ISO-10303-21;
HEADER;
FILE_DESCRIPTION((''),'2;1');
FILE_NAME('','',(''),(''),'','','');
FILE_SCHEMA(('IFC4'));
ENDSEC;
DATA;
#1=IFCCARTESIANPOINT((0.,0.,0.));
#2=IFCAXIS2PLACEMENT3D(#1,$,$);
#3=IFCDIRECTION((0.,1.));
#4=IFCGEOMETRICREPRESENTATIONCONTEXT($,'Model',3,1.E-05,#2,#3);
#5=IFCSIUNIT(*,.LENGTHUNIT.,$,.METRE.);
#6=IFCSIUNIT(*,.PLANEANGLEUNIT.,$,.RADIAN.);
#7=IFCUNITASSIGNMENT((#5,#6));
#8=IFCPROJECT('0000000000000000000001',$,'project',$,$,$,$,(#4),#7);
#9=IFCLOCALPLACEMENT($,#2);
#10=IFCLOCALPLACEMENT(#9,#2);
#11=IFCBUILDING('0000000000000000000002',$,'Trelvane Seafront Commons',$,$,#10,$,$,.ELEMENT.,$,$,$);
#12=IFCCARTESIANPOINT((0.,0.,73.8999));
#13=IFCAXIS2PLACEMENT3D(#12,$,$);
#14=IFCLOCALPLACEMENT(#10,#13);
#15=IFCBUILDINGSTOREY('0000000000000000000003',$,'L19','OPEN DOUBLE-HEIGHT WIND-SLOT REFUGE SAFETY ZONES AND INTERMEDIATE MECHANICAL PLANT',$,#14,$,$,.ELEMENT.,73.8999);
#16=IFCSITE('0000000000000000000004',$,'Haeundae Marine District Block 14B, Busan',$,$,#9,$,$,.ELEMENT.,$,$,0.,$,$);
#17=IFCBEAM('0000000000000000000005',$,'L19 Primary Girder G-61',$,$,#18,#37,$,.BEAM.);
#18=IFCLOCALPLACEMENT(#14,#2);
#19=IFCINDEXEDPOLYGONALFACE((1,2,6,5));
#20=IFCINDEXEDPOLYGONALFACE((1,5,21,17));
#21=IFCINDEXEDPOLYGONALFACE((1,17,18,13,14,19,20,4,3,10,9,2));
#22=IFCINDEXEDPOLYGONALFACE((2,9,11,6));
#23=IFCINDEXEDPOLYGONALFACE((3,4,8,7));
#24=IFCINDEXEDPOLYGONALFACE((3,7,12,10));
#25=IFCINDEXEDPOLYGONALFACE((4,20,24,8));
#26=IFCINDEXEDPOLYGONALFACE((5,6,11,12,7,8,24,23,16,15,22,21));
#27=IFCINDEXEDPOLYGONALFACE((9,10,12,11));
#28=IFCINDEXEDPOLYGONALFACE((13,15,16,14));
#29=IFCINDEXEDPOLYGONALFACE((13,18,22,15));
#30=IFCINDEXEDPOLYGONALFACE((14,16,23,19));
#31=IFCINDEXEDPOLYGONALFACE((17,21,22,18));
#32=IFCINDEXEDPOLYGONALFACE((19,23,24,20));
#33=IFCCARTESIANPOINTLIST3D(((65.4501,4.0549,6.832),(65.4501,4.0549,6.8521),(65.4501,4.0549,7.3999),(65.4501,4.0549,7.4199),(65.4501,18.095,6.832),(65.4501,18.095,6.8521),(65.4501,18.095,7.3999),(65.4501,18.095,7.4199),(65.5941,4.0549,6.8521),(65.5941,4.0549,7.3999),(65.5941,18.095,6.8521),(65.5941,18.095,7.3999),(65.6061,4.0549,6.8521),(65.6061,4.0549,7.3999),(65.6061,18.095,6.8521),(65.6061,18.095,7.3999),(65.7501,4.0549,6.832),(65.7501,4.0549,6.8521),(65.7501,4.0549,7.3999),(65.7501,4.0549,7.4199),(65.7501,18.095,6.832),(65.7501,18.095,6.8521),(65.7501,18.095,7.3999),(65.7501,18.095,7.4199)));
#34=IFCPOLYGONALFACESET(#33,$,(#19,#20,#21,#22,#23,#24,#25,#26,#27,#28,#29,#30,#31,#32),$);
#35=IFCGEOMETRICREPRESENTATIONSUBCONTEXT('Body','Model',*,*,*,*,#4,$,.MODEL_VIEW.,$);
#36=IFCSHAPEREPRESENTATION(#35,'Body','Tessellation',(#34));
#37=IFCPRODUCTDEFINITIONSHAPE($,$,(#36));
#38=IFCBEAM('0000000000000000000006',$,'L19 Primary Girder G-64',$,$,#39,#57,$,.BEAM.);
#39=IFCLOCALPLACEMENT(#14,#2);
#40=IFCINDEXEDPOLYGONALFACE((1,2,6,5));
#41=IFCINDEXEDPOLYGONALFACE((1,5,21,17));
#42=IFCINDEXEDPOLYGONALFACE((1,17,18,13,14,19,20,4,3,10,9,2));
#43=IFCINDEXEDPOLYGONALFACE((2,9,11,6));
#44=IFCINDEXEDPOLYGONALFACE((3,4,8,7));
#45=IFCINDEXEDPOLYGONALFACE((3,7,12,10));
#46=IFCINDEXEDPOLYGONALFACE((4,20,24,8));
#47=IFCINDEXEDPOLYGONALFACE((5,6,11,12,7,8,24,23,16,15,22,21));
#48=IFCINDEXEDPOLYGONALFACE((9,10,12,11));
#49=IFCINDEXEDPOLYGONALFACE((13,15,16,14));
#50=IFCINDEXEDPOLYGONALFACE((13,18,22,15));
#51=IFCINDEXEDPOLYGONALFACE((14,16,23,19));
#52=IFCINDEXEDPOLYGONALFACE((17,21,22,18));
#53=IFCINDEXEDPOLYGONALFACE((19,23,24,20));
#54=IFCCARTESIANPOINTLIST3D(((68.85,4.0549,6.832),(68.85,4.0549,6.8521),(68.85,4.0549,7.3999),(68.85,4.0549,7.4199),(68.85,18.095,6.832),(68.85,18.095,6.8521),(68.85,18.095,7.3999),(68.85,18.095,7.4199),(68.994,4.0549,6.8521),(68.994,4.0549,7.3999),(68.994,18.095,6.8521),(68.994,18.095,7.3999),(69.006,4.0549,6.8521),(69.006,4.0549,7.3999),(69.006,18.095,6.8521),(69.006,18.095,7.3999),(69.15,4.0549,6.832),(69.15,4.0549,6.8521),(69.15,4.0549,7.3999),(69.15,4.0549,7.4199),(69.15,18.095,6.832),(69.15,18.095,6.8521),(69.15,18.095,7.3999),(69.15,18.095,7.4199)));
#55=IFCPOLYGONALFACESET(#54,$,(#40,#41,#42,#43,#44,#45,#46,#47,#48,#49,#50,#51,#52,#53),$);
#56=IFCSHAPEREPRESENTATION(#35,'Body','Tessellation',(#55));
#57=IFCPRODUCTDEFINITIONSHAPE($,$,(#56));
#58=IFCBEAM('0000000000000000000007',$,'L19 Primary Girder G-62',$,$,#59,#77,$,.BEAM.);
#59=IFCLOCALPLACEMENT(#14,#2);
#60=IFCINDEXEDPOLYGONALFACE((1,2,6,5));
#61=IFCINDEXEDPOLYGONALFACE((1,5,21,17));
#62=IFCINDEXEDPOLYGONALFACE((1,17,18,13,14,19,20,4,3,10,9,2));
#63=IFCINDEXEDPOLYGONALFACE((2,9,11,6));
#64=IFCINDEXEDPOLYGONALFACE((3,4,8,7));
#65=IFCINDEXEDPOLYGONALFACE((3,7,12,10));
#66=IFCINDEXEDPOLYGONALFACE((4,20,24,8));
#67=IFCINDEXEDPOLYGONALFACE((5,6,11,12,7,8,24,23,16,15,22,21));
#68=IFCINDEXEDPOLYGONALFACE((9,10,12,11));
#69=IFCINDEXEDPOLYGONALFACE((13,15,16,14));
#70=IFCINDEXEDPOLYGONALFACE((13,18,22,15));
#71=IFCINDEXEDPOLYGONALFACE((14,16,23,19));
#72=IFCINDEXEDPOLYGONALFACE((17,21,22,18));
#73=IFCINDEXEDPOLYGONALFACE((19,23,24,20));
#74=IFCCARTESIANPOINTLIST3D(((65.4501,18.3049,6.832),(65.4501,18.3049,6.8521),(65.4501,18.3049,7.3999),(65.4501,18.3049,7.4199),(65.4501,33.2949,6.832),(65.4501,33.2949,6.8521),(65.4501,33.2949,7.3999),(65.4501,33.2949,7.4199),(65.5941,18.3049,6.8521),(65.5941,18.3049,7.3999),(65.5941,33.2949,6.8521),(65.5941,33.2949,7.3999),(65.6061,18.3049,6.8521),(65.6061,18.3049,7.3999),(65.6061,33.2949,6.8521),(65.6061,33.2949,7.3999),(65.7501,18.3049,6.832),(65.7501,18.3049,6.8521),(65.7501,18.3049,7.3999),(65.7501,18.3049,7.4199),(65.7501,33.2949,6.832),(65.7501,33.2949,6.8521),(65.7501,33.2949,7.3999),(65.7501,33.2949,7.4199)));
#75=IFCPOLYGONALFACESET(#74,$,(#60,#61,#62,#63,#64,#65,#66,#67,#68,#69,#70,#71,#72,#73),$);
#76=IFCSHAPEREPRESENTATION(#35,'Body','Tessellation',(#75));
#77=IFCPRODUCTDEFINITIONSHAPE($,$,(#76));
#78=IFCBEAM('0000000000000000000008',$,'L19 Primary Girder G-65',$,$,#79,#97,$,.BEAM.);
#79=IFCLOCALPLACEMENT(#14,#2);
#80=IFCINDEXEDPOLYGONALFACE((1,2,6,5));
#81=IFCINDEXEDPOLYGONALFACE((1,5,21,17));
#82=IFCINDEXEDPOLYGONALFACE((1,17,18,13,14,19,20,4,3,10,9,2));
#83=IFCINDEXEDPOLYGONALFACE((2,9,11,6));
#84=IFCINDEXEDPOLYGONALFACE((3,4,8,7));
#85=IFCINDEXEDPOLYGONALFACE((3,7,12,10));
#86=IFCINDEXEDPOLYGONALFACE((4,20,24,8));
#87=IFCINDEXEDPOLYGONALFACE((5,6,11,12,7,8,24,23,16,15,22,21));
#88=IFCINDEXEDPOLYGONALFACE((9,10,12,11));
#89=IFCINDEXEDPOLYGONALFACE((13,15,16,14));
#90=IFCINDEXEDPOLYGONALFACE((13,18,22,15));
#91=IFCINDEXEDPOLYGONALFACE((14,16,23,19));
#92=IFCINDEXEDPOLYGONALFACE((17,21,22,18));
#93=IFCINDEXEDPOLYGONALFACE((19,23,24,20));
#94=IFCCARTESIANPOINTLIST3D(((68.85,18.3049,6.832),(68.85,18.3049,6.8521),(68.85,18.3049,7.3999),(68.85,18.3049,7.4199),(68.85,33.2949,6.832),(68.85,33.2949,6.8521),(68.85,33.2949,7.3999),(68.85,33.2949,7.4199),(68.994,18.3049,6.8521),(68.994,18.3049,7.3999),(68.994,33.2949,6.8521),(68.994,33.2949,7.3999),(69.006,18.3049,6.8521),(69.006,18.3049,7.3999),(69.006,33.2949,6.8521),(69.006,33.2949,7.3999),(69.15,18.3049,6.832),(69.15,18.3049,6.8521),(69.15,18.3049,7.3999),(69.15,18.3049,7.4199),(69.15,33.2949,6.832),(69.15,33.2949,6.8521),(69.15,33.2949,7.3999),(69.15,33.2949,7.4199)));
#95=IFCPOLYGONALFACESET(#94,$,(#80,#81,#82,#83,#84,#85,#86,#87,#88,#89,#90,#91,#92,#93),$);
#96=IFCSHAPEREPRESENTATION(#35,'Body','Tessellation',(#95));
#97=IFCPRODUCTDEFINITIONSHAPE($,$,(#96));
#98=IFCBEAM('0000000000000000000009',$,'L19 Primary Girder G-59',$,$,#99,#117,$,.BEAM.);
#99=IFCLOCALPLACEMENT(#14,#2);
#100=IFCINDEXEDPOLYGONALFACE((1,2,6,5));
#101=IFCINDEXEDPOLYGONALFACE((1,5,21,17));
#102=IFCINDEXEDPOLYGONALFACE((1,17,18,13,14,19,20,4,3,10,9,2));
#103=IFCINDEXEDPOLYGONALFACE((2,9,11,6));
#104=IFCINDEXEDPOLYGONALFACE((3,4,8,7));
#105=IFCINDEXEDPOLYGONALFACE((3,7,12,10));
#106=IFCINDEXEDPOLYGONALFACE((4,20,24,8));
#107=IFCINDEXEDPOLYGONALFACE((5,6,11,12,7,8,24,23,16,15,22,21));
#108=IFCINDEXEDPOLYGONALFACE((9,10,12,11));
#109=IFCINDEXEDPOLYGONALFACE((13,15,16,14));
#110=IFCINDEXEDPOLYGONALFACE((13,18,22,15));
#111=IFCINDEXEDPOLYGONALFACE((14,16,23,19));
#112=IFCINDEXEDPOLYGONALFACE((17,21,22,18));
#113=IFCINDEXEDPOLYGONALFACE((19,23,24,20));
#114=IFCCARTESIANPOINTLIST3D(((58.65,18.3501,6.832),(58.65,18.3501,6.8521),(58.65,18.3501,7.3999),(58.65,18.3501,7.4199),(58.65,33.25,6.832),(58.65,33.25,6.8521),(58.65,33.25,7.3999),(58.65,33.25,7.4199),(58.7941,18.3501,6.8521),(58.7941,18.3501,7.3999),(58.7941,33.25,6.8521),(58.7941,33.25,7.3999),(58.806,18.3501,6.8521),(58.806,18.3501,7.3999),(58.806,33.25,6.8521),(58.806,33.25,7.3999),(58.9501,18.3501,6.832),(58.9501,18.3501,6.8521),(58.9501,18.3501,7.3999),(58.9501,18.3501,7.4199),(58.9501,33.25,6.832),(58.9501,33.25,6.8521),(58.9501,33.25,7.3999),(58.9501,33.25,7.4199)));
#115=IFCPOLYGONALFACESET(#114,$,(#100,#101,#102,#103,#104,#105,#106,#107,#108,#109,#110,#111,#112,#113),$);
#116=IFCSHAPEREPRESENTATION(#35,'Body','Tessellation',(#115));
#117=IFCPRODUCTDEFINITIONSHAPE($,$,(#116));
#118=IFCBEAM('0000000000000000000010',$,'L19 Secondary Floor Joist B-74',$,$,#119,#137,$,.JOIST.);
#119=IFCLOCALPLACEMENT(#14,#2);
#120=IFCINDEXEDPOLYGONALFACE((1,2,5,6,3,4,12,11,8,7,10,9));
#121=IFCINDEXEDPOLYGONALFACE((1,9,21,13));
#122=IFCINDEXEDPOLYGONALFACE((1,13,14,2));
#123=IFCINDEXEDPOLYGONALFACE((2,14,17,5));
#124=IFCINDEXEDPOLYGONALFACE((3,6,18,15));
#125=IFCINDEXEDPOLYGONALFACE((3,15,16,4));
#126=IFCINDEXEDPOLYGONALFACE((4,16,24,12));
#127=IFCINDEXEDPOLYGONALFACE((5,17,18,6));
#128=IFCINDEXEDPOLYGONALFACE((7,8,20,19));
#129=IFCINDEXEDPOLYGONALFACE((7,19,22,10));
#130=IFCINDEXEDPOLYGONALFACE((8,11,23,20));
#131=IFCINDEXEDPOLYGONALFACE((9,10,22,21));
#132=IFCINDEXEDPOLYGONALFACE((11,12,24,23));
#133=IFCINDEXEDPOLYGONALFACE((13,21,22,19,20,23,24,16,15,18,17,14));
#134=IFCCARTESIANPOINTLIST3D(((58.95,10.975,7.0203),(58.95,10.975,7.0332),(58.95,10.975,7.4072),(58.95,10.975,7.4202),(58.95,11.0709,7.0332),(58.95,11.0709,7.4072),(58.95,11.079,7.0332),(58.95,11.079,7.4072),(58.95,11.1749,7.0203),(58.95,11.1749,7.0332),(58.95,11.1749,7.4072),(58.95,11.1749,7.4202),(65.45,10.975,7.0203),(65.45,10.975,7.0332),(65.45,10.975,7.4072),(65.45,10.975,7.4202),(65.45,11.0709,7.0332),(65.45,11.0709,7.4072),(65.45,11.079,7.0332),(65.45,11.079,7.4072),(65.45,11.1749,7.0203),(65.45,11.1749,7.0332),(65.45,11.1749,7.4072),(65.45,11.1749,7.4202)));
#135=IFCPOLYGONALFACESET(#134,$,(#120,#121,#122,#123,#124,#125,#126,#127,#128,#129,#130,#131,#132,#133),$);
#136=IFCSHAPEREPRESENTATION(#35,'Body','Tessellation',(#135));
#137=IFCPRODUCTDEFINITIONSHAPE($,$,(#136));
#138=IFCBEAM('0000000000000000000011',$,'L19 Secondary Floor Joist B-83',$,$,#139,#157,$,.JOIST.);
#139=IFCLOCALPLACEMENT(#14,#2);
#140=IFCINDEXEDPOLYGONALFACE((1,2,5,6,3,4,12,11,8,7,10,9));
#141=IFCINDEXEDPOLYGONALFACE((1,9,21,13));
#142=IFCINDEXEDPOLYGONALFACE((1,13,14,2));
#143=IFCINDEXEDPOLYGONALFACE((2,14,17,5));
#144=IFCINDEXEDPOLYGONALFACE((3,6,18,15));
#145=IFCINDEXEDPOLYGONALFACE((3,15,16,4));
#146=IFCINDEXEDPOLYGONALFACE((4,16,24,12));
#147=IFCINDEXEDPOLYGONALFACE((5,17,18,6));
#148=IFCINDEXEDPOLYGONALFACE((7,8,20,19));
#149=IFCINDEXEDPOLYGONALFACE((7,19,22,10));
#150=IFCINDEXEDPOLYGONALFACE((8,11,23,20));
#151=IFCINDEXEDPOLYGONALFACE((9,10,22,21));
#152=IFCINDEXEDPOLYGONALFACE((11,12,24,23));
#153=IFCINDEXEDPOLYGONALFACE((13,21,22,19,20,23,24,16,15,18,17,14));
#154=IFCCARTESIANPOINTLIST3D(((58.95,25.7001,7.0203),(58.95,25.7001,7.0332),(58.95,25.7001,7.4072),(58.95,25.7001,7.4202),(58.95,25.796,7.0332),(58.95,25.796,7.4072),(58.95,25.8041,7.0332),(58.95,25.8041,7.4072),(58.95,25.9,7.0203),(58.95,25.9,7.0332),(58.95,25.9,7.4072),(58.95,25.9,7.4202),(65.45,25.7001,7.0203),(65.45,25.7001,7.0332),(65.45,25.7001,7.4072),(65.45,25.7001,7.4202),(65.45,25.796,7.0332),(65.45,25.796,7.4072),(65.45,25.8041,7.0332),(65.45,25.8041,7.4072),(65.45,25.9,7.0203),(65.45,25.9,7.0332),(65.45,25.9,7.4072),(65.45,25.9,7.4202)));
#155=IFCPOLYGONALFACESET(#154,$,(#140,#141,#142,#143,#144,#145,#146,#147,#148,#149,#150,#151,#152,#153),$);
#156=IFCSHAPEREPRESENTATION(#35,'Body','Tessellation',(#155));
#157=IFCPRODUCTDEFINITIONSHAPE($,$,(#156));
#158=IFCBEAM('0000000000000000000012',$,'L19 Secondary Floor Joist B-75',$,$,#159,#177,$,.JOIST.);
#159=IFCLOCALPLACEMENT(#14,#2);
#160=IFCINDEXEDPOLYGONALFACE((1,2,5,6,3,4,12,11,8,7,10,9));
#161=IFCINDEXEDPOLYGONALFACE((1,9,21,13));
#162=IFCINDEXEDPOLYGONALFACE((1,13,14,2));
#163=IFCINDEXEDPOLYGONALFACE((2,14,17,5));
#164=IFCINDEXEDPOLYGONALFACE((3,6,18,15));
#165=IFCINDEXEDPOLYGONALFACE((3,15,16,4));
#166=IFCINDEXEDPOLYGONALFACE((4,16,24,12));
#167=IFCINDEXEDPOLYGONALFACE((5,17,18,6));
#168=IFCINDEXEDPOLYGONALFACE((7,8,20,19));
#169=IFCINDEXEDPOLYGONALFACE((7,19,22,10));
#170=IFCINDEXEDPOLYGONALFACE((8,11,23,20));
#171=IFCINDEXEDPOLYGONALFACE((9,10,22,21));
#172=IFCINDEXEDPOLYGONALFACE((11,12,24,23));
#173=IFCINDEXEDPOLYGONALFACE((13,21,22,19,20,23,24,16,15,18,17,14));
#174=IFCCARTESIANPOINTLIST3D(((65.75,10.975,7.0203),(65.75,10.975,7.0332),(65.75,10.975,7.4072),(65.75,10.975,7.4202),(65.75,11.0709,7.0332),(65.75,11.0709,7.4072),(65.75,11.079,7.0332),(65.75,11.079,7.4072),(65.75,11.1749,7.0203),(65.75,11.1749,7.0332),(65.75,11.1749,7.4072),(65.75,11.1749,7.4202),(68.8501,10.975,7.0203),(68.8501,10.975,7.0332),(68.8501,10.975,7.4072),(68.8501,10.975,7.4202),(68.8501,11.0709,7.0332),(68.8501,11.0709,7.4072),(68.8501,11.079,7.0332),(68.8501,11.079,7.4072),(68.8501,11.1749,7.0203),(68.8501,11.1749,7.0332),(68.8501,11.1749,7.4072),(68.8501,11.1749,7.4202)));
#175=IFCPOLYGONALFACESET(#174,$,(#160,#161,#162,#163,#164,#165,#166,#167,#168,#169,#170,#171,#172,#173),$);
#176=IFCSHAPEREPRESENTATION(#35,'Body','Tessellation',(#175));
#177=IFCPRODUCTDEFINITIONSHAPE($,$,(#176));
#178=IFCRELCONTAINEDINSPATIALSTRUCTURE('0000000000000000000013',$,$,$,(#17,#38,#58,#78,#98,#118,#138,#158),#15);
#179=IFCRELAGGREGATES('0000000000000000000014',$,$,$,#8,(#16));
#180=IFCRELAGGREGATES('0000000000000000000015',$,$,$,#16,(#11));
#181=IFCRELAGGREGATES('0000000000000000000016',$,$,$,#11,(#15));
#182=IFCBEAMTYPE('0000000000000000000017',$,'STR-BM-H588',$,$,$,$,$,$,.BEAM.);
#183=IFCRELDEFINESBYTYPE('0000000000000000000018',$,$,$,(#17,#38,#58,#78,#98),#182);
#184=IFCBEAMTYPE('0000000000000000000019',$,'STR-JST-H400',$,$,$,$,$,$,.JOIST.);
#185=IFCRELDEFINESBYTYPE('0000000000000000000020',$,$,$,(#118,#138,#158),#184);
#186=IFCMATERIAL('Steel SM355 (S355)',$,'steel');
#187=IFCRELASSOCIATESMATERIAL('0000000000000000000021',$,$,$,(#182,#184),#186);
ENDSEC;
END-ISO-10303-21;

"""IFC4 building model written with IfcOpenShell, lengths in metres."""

from ifc_helpers import new_model, si_unit, direction, frame, origin, origin_2d, place, context, subcontext, project, spatial, i_section, extrude, source, transform, mapped, material, material_profile, profile_set, type_object, element, save


model = new_model("IFC4")

# Units and contexts
model_context = context("Model", 3, precision=1e-05, world=origin(), true_north=direction((0.0, 1.0)))
body_context = subcontext(model_context, "Body", "Model", "MODEL_VIEW")
ifc_project = project(units=[si_unit("LENGTHUNIT", "METRE"), si_unit("PLANEANGLEUNIT", "RADIAN")], contexts=[model_context])

# Site, building, storey
site_placement = place(None, origin())
site = spatial("IfcSite", under=ifc_project, at=site_placement, Name="Haeundae Marine District Block 14B, Busan", CompositionType="ELEMENT", RefElevation=0.0)
building_placement = place(site_placement, origin())
building = spatial("IfcBuilding", under=site, at=building_placement, Name="Trelvane Seafront Commons", CompositionType="ELEMENT")
storey_placement = place(building_placement, frame((0.0, 0.0, 73.8999)))
storey = spatial("IfcBuildingStorey", under=building, at=storey_placement, Name="L19", Description="OPEN DOUBLE-HEIGHT WIND-SLOT REFUGE SAFETY ZONES AND INTERMEDIATE MECHANICAL PLANT", CompositionType="ELEMENT", Elevation=73.8999)

# Shared definitions
ifc_material_1 = material(Name="Steel SM355 (S355)", Category="steel")

# Beams
ifc_material_profile_1 = material_profile(ifc_material_1, i_section(OverallWidth=0.3, OverallDepth=0.5879, WebThickness=0.012, FlangeThickness=0.02, at=origin_2d()), Name="H-588x300x12x20")
ifc_profile_set_1 = profile_set([ifc_material_profile_1], Name="Steel SM355 (S355)")
beam_type_1 = type_object("IfcBeamType", Name="STR-BM-H588", PredefinedType="BEAM", material=ifc_profile_set_1)
shared_shape_1 = source(origin(), body_context, "Body", "SweptSolid", [
    extrude(i_section(OverallWidth=0.3, OverallDepth=0.5879, WebThickness=0.012, FlangeThickness=0.02, at=origin_2d()), origin(), (0.0, 0.0, 1.0), 14.04),
])
for number, where, z_axis, x_axis, name in (
    (1, (65.6001, 4.0549, 7.126), (0.0, 1.0, 0.0), (-1.0, 0.0, 0.0), "L19 Primary Girder G-61"),
    (2, (69.0, 4.0549, 7.126), (0.0, 1.0, 0.0), (-1.0, 0.0, 0.0), "L19 Primary Girder G-64"),
):
    element("IfcBeam", number, at=place(storey_placement, frame(where, z_axis=z_axis, x_axis=x_axis)), inside=storey, type_object=beam_type_1, Name=name, PredefinedType="BEAM", context=body_context, shape_type="MappedRepresentation", body=[
        mapped(shared_shape_1, transform((0.0, 0.0, 0.0), x_axis=(1.0, 0.0, 0.0), y_axis=(0.0, 1.0, 0.0), z_axis=(0.0, 0.0, 1.0), scale=1.0)),
    ])
shared_shape_2 = source(origin(), body_context, "Body", "SweptSolid", [
    extrude(i_section(OverallWidth=0.3, OverallDepth=0.5879, WebThickness=0.012, FlangeThickness=0.02, at=origin_2d()), origin(), (0.0, 0.0, 1.0), 14.99),
])
for number, where, z_axis, x_axis, name in (
    (3, (65.6001, 18.3049, 7.126), (0.0, 1.0, 0.0), (-1.0, 0.0, 0.0), "L19 Primary Girder G-62"),
    (4, (69.0, 18.3049, 7.126), (0.0, 1.0, 0.0), (-1.0, 0.0, 0.0), "L19 Primary Girder G-65"),
):
    element("IfcBeam", number, at=place(storey_placement, frame(where, z_axis=z_axis, x_axis=x_axis)), inside=storey, type_object=beam_type_1, Name=name, PredefinedType="BEAM", context=body_context, shape_type="MappedRepresentation", body=[
        mapped(shared_shape_2, transform((0.0, 0.0, 0.0), x_axis=(1.0, 0.0, 0.0), y_axis=(0.0, 1.0, 0.0), z_axis=(0.0, 0.0, 1.0), scale=1.0)),
    ])
shared_shape_3 = source(origin(), body_context, "Body", "SweptSolid", [
    extrude(i_section(OverallWidth=0.3, OverallDepth=0.5879, WebThickness=0.012, FlangeThickness=0.02, at=origin_2d()), origin(), (0.0, 0.0, 1.0), 14.8999),
])
beam_1_placement = place(storey_placement, frame((58.8, 18.3501, 7.126), z_axis=(0.0, 1.0, 0.0), x_axis=(-1.0, 0.0, 0.0)))
element("IfcBeam", 5, at=beam_1_placement, inside=storey, type_object=beam_type_1, Name="L19 Primary Girder G-59", PredefinedType="BEAM", context=body_context, shape_type="MappedRepresentation", body=[
    mapped(shared_shape_3, transform((0.0, 0.0, 0.0), x_axis=(1.0, 0.0, 0.0), y_axis=(0.0, 1.0, 0.0), z_axis=(0.0, 0.0, 1.0), scale=1.0)),
])
ifc_material_profile_2 = material_profile(ifc_material_1, i_section(OverallWidth=0.2, OverallDepth=0.3999, WebThickness=0.0081, FlangeThickness=0.0129, at=origin_2d()), Name="H-400x200x8x13")
ifc_profile_set_2 = profile_set([ifc_material_profile_2], Name="Steel SM355 (S355)")
beam_type_2 = type_object("IfcBeamType", Name="STR-JST-H400", PredefinedType="JOIST", material=ifc_profile_set_2)
shared_shape_4 = source(origin(), body_context, "Body", "SweptSolid", [
    extrude(i_section(OverallWidth=0.2, OverallDepth=0.3999, WebThickness=0.0081, FlangeThickness=0.0129, at=origin_2d()), origin(), (0.0, 0.0, 1.0), 6.5),
])
for number, where, z_axis, x_axis, name in (
    (6, (58.95, 11.075, 7.2202), (1.0, 0.0, 0.0), (0.0, 1.0, 0.0), "L19 Secondary Floor Joist B-74"),
    (7, (58.95, 25.8, 7.2202), (1.0, 0.0, 0.0), (0.0, 1.0, 0.0), "L19 Secondary Floor Joist B-83"),
):
    element("IfcBeam", number, at=place(storey_placement, frame(where, z_axis=z_axis, x_axis=x_axis)), inside=storey, type_object=beam_type_2, Name=name, PredefinedType="JOIST", context=body_context, shape_type="MappedRepresentation", body=[
        mapped(shared_shape_4, transform((0.0, 0.0, 0.0), x_axis=(1.0, 0.0, 0.0), y_axis=(0.0, 1.0, 0.0), z_axis=(0.0, 0.0, 1.0), scale=1.0)),
    ])
shared_shape_5 = source(origin(), body_context, "Body", "SweptSolid", [
    extrude(i_section(OverallWidth=0.2, OverallDepth=0.3999, WebThickness=0.0081, FlangeThickness=0.0129, at=origin_2d()), origin(), (0.0, 0.0, 1.0), 3.1001),
])
beam_2_placement = place(storey_placement, frame((65.75, 11.075, 7.2202), z_axis=(1.0, 0.0, 0.0), x_axis=(0.0, 1.0, 0.0)))
element("IfcBeam", 8, at=beam_2_placement, inside=storey, type_object=beam_type_2, Name="L19 Secondary Floor Joist B-75", PredefinedType="JOIST", context=body_context, shape_type="MappedRepresentation", body=[
    mapped(shared_shape_5, transform((0.0, 0.0, 0.0), x_axis=(1.0, 0.0, 0.0), y_axis=(0.0, 1.0, 0.0), z_axis=(0.0, 0.0, 1.0), scale=1.0)),
])

save(model, "model.ifc")
